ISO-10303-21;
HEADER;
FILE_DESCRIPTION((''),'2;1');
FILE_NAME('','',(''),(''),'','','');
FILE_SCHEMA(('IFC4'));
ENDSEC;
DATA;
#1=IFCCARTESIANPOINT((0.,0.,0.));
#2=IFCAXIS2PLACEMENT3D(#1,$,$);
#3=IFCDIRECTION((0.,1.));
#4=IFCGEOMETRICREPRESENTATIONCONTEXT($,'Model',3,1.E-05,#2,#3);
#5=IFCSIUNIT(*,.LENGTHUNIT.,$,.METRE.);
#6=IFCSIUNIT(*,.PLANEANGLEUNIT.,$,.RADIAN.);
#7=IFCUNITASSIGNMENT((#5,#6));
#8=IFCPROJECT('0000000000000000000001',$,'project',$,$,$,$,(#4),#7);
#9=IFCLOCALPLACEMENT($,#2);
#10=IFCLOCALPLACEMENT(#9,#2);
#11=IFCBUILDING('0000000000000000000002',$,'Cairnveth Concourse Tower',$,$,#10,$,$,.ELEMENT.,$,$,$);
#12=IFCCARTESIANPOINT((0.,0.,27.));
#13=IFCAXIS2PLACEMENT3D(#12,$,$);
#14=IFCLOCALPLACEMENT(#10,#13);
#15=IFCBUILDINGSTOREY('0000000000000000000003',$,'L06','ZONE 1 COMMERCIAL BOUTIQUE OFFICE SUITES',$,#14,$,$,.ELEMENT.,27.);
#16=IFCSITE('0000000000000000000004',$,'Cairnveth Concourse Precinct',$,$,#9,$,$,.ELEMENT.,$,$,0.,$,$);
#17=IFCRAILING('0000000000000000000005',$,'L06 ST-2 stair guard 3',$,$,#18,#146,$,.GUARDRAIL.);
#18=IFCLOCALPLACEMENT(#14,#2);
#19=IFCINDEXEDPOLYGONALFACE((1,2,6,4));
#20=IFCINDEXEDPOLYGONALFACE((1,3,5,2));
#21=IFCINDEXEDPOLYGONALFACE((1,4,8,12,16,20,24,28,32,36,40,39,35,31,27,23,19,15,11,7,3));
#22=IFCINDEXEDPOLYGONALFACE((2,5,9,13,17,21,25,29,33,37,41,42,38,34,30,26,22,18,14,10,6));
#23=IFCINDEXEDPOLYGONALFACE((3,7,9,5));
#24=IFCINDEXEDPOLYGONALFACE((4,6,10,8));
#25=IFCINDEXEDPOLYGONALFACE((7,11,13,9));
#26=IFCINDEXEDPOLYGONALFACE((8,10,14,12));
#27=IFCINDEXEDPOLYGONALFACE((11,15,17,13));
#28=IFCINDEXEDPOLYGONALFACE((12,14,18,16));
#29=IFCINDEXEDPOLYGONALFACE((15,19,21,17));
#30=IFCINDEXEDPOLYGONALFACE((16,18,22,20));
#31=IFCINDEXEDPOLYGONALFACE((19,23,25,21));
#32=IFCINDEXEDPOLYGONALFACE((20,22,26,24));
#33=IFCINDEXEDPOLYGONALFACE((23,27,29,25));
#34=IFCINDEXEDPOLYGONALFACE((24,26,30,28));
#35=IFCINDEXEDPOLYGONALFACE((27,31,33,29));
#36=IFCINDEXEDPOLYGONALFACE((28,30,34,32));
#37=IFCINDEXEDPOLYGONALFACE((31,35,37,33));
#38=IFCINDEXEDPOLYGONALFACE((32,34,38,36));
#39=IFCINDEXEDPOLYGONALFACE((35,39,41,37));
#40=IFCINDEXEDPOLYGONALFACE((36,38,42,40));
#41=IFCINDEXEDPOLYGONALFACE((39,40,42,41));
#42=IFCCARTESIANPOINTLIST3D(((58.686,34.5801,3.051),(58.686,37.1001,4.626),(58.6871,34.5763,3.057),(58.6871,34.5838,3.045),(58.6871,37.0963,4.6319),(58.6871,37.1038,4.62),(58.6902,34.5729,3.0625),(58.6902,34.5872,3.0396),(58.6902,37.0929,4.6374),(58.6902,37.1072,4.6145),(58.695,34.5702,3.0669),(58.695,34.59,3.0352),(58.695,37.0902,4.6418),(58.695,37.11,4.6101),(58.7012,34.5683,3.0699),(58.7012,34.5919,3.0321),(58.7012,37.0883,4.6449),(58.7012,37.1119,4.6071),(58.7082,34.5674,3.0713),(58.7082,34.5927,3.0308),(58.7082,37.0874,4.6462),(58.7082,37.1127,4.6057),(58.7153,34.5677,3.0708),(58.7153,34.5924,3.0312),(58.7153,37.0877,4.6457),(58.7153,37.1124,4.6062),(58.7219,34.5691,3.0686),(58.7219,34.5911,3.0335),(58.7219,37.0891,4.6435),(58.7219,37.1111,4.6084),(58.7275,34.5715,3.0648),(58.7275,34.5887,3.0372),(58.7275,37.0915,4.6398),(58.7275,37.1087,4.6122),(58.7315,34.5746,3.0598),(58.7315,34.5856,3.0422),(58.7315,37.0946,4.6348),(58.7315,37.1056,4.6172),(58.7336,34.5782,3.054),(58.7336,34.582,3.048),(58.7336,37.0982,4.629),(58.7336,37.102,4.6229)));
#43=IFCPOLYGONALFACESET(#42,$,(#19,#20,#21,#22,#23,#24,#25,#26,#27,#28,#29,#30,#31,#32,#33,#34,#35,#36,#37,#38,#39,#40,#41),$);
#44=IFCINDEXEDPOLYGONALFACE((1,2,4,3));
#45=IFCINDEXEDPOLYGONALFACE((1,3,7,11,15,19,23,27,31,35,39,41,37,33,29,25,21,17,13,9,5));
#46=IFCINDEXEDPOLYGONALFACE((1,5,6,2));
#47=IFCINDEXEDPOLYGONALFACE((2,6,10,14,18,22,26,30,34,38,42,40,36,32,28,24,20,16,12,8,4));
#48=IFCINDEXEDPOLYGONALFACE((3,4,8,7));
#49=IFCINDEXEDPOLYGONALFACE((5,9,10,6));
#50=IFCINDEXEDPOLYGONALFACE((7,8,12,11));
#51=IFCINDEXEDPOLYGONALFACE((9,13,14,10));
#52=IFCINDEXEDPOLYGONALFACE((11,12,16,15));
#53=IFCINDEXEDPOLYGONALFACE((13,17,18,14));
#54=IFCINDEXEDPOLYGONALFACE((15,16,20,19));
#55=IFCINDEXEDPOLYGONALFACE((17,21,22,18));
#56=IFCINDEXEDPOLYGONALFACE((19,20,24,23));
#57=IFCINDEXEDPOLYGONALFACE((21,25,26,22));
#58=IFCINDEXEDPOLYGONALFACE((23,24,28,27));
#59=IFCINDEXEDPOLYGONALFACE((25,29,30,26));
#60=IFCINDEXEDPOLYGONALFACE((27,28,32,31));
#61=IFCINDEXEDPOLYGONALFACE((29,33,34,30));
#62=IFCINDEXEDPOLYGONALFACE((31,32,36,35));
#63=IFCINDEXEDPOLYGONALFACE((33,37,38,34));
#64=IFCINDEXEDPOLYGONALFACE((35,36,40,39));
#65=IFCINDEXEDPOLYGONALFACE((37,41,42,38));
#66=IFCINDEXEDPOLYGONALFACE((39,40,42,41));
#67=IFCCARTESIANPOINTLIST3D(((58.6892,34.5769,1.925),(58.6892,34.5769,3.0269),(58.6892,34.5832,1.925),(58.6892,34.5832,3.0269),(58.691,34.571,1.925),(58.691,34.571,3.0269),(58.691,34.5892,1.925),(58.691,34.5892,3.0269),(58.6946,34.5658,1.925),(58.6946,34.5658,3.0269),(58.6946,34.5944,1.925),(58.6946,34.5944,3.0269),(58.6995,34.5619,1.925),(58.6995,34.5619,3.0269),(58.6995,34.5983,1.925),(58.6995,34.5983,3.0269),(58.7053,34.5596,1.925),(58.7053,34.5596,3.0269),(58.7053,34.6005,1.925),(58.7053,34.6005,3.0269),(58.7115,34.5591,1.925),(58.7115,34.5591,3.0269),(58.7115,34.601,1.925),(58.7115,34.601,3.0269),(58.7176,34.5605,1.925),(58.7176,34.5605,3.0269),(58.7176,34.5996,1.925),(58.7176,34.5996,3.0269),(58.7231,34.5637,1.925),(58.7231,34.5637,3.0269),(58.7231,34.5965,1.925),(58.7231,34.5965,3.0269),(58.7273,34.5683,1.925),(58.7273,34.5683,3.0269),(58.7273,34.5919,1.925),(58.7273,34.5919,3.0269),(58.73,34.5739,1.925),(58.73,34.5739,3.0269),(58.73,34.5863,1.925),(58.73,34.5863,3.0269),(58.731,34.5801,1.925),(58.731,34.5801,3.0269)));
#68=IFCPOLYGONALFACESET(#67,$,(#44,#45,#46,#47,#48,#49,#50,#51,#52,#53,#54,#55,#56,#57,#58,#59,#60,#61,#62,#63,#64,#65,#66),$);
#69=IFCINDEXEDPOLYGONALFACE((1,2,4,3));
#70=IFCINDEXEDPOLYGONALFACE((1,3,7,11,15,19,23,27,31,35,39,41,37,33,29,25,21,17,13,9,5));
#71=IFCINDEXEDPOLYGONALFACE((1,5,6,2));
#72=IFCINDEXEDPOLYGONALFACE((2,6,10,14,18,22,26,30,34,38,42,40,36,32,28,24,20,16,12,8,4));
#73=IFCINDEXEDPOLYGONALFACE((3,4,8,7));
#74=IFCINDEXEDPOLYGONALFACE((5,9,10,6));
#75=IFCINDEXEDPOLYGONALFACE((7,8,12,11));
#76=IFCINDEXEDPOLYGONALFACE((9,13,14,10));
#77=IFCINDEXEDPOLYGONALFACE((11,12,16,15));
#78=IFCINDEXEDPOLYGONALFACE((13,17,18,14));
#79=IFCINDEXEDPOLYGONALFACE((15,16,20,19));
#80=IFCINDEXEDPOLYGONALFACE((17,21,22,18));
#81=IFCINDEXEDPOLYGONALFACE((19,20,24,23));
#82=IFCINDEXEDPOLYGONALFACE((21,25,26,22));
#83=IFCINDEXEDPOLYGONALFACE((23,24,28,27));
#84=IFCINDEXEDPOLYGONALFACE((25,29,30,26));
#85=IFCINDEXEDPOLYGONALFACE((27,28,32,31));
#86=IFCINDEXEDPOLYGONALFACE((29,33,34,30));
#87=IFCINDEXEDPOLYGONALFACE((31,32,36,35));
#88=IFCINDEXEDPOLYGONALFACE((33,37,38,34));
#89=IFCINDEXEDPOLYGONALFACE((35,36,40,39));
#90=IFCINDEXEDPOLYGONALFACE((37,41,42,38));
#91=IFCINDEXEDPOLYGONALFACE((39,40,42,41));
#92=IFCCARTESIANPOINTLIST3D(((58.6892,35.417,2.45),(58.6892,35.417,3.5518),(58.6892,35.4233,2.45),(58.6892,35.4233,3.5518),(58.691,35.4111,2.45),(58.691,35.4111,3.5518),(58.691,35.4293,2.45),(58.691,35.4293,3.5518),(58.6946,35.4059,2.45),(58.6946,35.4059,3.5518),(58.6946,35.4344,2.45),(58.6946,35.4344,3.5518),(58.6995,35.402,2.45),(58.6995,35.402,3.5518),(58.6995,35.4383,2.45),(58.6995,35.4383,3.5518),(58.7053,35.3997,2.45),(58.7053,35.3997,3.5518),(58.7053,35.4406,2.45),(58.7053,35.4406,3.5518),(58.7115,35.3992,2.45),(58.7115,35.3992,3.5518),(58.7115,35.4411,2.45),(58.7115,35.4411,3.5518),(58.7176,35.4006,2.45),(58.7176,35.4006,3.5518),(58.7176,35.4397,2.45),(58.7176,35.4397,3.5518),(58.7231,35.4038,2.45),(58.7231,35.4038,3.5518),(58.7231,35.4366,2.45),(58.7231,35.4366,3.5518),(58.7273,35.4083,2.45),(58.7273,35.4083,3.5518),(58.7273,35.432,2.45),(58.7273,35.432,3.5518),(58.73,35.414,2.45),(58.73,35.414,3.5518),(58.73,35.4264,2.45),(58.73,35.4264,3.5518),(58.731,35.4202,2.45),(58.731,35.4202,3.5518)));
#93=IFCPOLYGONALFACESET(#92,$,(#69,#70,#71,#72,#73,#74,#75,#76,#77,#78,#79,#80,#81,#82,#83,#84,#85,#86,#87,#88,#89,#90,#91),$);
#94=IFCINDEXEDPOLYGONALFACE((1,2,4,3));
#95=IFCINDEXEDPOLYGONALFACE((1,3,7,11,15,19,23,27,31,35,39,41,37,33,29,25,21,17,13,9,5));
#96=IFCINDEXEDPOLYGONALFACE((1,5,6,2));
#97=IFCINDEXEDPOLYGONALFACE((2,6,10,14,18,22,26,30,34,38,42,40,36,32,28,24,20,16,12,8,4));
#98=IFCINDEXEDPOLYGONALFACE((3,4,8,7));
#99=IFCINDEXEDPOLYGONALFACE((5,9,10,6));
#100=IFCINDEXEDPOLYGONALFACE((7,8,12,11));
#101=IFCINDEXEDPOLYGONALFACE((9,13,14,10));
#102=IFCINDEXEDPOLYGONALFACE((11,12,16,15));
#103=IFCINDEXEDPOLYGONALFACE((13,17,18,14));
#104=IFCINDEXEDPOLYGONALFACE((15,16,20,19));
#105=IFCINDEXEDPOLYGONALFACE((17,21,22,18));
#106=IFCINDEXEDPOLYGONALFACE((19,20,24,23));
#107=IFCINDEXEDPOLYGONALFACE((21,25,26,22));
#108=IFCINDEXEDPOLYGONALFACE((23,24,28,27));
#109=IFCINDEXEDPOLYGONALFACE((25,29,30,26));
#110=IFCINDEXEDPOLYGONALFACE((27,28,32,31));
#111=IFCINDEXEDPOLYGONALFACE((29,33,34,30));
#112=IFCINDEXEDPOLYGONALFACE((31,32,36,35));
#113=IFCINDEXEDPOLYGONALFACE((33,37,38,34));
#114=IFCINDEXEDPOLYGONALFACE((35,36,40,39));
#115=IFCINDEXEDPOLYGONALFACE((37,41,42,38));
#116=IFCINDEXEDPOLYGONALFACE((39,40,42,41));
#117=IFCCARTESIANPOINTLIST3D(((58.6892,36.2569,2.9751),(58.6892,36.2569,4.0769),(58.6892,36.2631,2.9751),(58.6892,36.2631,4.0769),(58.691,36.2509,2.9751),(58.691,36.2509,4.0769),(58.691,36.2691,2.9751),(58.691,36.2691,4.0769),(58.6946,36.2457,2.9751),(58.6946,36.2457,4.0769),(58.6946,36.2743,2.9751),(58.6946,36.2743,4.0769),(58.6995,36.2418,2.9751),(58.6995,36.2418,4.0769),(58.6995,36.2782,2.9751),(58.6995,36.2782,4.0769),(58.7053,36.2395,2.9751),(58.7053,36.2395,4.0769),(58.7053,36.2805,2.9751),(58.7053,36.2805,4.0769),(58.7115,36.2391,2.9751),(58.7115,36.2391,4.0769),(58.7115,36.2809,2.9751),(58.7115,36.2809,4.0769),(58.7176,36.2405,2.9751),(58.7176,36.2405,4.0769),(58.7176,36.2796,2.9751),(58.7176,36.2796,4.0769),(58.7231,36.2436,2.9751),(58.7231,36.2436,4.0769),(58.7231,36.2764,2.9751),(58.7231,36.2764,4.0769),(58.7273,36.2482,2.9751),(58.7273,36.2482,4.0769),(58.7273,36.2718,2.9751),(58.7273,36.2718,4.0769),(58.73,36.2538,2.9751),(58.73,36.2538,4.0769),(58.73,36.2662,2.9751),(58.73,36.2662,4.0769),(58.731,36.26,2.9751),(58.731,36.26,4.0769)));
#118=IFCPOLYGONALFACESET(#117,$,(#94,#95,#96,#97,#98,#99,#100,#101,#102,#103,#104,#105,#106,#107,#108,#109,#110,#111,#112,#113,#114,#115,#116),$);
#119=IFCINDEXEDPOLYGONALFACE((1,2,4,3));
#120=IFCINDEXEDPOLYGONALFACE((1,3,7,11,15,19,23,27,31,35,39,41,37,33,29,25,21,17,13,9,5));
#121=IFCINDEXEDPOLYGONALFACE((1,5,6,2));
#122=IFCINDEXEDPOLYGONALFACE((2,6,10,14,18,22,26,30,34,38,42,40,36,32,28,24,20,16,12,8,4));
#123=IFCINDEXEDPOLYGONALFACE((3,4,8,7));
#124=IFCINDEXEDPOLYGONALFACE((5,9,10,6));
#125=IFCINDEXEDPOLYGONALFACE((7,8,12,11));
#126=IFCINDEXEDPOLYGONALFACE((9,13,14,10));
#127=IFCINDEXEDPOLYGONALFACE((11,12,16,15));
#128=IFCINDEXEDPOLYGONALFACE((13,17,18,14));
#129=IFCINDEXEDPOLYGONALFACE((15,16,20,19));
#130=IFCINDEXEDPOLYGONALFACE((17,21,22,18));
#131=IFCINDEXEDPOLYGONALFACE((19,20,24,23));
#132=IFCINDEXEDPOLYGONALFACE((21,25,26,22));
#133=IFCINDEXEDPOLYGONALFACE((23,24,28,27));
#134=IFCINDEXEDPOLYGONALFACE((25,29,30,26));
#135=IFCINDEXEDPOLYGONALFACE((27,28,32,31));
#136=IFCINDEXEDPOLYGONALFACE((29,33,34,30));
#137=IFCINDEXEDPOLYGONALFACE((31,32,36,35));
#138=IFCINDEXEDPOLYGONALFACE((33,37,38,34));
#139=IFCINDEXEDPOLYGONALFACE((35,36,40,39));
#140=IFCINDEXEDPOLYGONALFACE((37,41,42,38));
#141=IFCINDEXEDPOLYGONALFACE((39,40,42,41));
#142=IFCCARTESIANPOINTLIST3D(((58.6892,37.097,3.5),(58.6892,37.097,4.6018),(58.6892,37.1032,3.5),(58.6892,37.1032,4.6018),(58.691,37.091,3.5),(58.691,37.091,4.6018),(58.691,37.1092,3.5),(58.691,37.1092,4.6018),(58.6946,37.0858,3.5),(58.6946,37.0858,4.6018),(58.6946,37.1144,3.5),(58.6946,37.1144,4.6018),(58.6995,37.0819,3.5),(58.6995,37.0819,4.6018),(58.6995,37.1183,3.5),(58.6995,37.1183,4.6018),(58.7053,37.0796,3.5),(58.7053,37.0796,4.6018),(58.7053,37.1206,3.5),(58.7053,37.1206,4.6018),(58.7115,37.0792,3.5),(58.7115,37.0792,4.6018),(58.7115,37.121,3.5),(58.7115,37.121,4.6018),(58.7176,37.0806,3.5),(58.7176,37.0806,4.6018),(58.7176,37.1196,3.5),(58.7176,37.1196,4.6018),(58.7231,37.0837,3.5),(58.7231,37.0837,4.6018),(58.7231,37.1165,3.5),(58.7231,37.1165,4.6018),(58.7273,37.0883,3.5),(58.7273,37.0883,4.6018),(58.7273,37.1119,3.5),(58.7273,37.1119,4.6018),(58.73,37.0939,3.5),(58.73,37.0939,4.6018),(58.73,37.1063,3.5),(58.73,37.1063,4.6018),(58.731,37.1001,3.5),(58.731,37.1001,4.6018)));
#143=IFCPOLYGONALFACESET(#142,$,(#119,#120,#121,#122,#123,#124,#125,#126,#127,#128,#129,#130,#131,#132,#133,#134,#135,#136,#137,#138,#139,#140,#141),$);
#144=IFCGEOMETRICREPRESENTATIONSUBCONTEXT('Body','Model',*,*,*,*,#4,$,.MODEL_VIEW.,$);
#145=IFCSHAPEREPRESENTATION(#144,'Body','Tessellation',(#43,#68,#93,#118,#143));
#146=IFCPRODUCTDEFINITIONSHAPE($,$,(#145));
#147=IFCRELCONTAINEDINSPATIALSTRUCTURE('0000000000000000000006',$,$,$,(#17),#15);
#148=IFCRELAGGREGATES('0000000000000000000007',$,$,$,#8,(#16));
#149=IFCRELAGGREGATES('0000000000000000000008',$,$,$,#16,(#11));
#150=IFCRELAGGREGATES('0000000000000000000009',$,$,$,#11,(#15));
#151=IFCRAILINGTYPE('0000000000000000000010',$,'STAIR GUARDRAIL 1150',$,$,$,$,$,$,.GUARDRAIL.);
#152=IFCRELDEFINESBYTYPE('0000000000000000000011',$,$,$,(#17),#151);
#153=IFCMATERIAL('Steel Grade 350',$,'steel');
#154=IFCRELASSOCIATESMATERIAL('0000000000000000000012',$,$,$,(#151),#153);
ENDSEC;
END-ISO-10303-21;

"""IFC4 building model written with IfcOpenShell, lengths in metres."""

from ifc_helpers import new_model, si_unit, direction, frame, origin, origin_2d, place, context, subcontext, project, spatial, circle, extrude, material, type_object, element, save


model = new_model("IFC4")

# Units and contexts
model_context = context("Model", 3, precision=1e-05, world=origin(), true_north=direction((0.0, 1.0)))
body_context = subcontext(model_context, "Body", "Model", "MODEL_VIEW")
ifc_project = project(units=[si_unit("LENGTHUNIT", "METRE"), si_unit("PLANEANGLEUNIT", "RADIAN")], contexts=[model_context])

# Site, building, storey
site_placement = place(None, origin())
site = spatial("IfcSite", under=ifc_project, at=site_placement, Name="Cairnveth Concourse Precinct", CompositionType="ELEMENT", RefElevation=0.0)
building_placement = place(site_placement, origin())
building = spatial("IfcBuilding", under=site, at=building_placement, Name="Cairnveth Concourse Tower", CompositionType="ELEMENT")
storey_placement = place(building_placement, frame((0.0, 0.0, 27.0)))
storey = spatial("IfcBuildingStorey", under=building, at=storey_placement, Name="L06", Description="ZONE 1 COMMERCIAL BOUTIQUE OFFICE SUITES", CompositionType="ELEMENT", Elevation=27.0)

# Shared definitions
ifc_material_1 = material(Name="Steel Grade 350", Category="steel")

# Railing
railing_type_1 = type_object("IfcRailingType", Name="STAIR GUARDRAIL 1150", PredefinedType="GUARDRAIL", material=ifc_material_1)
railing_1_placement = place(storey_placement, frame((58.71, 34.5801, 1.925)))
element("IfcRailing", 1, at=railing_1_placement, inside=storey, type_object=railing_type_1, Name="L06 ST-2 stair guard 3", PredefinedType="GUARDRAIL", context=body_context, shape_type="SweptSolid", body=[
    extrude(circle(Radius=0.0239, at=origin_2d()), frame((0.0, 0.0, 1.126), z_axis=(0.0, 0.848008, 0.529984), x_axis=(-1.0, 0.0, 0.0)), (0.0, 0.0, 1.0), 2.9717),
    extrude(circle(Radius=0.021, at=origin_2d()), origin(), (0.0, 0.0, 1.0), 1.1018),
    extrude(circle(Radius=0.021, at=origin_2d()), frame((0.0, 0.8401, 0.5249)), (0.0, 0.0, 1.0), 1.1018),
    extrude(circle(Radius=0.021, at=origin_2d()), frame((0.0, 1.6799, 1.05)), (0.0, 0.0, 1.0), 1.1018),
    extrude(circle(Radius=0.021, at=origin_2d()), frame((0.0, 2.52, 1.575)), (0.0, 0.0, 1.0), 1.1018),
])

save(model, "model.ifc")
